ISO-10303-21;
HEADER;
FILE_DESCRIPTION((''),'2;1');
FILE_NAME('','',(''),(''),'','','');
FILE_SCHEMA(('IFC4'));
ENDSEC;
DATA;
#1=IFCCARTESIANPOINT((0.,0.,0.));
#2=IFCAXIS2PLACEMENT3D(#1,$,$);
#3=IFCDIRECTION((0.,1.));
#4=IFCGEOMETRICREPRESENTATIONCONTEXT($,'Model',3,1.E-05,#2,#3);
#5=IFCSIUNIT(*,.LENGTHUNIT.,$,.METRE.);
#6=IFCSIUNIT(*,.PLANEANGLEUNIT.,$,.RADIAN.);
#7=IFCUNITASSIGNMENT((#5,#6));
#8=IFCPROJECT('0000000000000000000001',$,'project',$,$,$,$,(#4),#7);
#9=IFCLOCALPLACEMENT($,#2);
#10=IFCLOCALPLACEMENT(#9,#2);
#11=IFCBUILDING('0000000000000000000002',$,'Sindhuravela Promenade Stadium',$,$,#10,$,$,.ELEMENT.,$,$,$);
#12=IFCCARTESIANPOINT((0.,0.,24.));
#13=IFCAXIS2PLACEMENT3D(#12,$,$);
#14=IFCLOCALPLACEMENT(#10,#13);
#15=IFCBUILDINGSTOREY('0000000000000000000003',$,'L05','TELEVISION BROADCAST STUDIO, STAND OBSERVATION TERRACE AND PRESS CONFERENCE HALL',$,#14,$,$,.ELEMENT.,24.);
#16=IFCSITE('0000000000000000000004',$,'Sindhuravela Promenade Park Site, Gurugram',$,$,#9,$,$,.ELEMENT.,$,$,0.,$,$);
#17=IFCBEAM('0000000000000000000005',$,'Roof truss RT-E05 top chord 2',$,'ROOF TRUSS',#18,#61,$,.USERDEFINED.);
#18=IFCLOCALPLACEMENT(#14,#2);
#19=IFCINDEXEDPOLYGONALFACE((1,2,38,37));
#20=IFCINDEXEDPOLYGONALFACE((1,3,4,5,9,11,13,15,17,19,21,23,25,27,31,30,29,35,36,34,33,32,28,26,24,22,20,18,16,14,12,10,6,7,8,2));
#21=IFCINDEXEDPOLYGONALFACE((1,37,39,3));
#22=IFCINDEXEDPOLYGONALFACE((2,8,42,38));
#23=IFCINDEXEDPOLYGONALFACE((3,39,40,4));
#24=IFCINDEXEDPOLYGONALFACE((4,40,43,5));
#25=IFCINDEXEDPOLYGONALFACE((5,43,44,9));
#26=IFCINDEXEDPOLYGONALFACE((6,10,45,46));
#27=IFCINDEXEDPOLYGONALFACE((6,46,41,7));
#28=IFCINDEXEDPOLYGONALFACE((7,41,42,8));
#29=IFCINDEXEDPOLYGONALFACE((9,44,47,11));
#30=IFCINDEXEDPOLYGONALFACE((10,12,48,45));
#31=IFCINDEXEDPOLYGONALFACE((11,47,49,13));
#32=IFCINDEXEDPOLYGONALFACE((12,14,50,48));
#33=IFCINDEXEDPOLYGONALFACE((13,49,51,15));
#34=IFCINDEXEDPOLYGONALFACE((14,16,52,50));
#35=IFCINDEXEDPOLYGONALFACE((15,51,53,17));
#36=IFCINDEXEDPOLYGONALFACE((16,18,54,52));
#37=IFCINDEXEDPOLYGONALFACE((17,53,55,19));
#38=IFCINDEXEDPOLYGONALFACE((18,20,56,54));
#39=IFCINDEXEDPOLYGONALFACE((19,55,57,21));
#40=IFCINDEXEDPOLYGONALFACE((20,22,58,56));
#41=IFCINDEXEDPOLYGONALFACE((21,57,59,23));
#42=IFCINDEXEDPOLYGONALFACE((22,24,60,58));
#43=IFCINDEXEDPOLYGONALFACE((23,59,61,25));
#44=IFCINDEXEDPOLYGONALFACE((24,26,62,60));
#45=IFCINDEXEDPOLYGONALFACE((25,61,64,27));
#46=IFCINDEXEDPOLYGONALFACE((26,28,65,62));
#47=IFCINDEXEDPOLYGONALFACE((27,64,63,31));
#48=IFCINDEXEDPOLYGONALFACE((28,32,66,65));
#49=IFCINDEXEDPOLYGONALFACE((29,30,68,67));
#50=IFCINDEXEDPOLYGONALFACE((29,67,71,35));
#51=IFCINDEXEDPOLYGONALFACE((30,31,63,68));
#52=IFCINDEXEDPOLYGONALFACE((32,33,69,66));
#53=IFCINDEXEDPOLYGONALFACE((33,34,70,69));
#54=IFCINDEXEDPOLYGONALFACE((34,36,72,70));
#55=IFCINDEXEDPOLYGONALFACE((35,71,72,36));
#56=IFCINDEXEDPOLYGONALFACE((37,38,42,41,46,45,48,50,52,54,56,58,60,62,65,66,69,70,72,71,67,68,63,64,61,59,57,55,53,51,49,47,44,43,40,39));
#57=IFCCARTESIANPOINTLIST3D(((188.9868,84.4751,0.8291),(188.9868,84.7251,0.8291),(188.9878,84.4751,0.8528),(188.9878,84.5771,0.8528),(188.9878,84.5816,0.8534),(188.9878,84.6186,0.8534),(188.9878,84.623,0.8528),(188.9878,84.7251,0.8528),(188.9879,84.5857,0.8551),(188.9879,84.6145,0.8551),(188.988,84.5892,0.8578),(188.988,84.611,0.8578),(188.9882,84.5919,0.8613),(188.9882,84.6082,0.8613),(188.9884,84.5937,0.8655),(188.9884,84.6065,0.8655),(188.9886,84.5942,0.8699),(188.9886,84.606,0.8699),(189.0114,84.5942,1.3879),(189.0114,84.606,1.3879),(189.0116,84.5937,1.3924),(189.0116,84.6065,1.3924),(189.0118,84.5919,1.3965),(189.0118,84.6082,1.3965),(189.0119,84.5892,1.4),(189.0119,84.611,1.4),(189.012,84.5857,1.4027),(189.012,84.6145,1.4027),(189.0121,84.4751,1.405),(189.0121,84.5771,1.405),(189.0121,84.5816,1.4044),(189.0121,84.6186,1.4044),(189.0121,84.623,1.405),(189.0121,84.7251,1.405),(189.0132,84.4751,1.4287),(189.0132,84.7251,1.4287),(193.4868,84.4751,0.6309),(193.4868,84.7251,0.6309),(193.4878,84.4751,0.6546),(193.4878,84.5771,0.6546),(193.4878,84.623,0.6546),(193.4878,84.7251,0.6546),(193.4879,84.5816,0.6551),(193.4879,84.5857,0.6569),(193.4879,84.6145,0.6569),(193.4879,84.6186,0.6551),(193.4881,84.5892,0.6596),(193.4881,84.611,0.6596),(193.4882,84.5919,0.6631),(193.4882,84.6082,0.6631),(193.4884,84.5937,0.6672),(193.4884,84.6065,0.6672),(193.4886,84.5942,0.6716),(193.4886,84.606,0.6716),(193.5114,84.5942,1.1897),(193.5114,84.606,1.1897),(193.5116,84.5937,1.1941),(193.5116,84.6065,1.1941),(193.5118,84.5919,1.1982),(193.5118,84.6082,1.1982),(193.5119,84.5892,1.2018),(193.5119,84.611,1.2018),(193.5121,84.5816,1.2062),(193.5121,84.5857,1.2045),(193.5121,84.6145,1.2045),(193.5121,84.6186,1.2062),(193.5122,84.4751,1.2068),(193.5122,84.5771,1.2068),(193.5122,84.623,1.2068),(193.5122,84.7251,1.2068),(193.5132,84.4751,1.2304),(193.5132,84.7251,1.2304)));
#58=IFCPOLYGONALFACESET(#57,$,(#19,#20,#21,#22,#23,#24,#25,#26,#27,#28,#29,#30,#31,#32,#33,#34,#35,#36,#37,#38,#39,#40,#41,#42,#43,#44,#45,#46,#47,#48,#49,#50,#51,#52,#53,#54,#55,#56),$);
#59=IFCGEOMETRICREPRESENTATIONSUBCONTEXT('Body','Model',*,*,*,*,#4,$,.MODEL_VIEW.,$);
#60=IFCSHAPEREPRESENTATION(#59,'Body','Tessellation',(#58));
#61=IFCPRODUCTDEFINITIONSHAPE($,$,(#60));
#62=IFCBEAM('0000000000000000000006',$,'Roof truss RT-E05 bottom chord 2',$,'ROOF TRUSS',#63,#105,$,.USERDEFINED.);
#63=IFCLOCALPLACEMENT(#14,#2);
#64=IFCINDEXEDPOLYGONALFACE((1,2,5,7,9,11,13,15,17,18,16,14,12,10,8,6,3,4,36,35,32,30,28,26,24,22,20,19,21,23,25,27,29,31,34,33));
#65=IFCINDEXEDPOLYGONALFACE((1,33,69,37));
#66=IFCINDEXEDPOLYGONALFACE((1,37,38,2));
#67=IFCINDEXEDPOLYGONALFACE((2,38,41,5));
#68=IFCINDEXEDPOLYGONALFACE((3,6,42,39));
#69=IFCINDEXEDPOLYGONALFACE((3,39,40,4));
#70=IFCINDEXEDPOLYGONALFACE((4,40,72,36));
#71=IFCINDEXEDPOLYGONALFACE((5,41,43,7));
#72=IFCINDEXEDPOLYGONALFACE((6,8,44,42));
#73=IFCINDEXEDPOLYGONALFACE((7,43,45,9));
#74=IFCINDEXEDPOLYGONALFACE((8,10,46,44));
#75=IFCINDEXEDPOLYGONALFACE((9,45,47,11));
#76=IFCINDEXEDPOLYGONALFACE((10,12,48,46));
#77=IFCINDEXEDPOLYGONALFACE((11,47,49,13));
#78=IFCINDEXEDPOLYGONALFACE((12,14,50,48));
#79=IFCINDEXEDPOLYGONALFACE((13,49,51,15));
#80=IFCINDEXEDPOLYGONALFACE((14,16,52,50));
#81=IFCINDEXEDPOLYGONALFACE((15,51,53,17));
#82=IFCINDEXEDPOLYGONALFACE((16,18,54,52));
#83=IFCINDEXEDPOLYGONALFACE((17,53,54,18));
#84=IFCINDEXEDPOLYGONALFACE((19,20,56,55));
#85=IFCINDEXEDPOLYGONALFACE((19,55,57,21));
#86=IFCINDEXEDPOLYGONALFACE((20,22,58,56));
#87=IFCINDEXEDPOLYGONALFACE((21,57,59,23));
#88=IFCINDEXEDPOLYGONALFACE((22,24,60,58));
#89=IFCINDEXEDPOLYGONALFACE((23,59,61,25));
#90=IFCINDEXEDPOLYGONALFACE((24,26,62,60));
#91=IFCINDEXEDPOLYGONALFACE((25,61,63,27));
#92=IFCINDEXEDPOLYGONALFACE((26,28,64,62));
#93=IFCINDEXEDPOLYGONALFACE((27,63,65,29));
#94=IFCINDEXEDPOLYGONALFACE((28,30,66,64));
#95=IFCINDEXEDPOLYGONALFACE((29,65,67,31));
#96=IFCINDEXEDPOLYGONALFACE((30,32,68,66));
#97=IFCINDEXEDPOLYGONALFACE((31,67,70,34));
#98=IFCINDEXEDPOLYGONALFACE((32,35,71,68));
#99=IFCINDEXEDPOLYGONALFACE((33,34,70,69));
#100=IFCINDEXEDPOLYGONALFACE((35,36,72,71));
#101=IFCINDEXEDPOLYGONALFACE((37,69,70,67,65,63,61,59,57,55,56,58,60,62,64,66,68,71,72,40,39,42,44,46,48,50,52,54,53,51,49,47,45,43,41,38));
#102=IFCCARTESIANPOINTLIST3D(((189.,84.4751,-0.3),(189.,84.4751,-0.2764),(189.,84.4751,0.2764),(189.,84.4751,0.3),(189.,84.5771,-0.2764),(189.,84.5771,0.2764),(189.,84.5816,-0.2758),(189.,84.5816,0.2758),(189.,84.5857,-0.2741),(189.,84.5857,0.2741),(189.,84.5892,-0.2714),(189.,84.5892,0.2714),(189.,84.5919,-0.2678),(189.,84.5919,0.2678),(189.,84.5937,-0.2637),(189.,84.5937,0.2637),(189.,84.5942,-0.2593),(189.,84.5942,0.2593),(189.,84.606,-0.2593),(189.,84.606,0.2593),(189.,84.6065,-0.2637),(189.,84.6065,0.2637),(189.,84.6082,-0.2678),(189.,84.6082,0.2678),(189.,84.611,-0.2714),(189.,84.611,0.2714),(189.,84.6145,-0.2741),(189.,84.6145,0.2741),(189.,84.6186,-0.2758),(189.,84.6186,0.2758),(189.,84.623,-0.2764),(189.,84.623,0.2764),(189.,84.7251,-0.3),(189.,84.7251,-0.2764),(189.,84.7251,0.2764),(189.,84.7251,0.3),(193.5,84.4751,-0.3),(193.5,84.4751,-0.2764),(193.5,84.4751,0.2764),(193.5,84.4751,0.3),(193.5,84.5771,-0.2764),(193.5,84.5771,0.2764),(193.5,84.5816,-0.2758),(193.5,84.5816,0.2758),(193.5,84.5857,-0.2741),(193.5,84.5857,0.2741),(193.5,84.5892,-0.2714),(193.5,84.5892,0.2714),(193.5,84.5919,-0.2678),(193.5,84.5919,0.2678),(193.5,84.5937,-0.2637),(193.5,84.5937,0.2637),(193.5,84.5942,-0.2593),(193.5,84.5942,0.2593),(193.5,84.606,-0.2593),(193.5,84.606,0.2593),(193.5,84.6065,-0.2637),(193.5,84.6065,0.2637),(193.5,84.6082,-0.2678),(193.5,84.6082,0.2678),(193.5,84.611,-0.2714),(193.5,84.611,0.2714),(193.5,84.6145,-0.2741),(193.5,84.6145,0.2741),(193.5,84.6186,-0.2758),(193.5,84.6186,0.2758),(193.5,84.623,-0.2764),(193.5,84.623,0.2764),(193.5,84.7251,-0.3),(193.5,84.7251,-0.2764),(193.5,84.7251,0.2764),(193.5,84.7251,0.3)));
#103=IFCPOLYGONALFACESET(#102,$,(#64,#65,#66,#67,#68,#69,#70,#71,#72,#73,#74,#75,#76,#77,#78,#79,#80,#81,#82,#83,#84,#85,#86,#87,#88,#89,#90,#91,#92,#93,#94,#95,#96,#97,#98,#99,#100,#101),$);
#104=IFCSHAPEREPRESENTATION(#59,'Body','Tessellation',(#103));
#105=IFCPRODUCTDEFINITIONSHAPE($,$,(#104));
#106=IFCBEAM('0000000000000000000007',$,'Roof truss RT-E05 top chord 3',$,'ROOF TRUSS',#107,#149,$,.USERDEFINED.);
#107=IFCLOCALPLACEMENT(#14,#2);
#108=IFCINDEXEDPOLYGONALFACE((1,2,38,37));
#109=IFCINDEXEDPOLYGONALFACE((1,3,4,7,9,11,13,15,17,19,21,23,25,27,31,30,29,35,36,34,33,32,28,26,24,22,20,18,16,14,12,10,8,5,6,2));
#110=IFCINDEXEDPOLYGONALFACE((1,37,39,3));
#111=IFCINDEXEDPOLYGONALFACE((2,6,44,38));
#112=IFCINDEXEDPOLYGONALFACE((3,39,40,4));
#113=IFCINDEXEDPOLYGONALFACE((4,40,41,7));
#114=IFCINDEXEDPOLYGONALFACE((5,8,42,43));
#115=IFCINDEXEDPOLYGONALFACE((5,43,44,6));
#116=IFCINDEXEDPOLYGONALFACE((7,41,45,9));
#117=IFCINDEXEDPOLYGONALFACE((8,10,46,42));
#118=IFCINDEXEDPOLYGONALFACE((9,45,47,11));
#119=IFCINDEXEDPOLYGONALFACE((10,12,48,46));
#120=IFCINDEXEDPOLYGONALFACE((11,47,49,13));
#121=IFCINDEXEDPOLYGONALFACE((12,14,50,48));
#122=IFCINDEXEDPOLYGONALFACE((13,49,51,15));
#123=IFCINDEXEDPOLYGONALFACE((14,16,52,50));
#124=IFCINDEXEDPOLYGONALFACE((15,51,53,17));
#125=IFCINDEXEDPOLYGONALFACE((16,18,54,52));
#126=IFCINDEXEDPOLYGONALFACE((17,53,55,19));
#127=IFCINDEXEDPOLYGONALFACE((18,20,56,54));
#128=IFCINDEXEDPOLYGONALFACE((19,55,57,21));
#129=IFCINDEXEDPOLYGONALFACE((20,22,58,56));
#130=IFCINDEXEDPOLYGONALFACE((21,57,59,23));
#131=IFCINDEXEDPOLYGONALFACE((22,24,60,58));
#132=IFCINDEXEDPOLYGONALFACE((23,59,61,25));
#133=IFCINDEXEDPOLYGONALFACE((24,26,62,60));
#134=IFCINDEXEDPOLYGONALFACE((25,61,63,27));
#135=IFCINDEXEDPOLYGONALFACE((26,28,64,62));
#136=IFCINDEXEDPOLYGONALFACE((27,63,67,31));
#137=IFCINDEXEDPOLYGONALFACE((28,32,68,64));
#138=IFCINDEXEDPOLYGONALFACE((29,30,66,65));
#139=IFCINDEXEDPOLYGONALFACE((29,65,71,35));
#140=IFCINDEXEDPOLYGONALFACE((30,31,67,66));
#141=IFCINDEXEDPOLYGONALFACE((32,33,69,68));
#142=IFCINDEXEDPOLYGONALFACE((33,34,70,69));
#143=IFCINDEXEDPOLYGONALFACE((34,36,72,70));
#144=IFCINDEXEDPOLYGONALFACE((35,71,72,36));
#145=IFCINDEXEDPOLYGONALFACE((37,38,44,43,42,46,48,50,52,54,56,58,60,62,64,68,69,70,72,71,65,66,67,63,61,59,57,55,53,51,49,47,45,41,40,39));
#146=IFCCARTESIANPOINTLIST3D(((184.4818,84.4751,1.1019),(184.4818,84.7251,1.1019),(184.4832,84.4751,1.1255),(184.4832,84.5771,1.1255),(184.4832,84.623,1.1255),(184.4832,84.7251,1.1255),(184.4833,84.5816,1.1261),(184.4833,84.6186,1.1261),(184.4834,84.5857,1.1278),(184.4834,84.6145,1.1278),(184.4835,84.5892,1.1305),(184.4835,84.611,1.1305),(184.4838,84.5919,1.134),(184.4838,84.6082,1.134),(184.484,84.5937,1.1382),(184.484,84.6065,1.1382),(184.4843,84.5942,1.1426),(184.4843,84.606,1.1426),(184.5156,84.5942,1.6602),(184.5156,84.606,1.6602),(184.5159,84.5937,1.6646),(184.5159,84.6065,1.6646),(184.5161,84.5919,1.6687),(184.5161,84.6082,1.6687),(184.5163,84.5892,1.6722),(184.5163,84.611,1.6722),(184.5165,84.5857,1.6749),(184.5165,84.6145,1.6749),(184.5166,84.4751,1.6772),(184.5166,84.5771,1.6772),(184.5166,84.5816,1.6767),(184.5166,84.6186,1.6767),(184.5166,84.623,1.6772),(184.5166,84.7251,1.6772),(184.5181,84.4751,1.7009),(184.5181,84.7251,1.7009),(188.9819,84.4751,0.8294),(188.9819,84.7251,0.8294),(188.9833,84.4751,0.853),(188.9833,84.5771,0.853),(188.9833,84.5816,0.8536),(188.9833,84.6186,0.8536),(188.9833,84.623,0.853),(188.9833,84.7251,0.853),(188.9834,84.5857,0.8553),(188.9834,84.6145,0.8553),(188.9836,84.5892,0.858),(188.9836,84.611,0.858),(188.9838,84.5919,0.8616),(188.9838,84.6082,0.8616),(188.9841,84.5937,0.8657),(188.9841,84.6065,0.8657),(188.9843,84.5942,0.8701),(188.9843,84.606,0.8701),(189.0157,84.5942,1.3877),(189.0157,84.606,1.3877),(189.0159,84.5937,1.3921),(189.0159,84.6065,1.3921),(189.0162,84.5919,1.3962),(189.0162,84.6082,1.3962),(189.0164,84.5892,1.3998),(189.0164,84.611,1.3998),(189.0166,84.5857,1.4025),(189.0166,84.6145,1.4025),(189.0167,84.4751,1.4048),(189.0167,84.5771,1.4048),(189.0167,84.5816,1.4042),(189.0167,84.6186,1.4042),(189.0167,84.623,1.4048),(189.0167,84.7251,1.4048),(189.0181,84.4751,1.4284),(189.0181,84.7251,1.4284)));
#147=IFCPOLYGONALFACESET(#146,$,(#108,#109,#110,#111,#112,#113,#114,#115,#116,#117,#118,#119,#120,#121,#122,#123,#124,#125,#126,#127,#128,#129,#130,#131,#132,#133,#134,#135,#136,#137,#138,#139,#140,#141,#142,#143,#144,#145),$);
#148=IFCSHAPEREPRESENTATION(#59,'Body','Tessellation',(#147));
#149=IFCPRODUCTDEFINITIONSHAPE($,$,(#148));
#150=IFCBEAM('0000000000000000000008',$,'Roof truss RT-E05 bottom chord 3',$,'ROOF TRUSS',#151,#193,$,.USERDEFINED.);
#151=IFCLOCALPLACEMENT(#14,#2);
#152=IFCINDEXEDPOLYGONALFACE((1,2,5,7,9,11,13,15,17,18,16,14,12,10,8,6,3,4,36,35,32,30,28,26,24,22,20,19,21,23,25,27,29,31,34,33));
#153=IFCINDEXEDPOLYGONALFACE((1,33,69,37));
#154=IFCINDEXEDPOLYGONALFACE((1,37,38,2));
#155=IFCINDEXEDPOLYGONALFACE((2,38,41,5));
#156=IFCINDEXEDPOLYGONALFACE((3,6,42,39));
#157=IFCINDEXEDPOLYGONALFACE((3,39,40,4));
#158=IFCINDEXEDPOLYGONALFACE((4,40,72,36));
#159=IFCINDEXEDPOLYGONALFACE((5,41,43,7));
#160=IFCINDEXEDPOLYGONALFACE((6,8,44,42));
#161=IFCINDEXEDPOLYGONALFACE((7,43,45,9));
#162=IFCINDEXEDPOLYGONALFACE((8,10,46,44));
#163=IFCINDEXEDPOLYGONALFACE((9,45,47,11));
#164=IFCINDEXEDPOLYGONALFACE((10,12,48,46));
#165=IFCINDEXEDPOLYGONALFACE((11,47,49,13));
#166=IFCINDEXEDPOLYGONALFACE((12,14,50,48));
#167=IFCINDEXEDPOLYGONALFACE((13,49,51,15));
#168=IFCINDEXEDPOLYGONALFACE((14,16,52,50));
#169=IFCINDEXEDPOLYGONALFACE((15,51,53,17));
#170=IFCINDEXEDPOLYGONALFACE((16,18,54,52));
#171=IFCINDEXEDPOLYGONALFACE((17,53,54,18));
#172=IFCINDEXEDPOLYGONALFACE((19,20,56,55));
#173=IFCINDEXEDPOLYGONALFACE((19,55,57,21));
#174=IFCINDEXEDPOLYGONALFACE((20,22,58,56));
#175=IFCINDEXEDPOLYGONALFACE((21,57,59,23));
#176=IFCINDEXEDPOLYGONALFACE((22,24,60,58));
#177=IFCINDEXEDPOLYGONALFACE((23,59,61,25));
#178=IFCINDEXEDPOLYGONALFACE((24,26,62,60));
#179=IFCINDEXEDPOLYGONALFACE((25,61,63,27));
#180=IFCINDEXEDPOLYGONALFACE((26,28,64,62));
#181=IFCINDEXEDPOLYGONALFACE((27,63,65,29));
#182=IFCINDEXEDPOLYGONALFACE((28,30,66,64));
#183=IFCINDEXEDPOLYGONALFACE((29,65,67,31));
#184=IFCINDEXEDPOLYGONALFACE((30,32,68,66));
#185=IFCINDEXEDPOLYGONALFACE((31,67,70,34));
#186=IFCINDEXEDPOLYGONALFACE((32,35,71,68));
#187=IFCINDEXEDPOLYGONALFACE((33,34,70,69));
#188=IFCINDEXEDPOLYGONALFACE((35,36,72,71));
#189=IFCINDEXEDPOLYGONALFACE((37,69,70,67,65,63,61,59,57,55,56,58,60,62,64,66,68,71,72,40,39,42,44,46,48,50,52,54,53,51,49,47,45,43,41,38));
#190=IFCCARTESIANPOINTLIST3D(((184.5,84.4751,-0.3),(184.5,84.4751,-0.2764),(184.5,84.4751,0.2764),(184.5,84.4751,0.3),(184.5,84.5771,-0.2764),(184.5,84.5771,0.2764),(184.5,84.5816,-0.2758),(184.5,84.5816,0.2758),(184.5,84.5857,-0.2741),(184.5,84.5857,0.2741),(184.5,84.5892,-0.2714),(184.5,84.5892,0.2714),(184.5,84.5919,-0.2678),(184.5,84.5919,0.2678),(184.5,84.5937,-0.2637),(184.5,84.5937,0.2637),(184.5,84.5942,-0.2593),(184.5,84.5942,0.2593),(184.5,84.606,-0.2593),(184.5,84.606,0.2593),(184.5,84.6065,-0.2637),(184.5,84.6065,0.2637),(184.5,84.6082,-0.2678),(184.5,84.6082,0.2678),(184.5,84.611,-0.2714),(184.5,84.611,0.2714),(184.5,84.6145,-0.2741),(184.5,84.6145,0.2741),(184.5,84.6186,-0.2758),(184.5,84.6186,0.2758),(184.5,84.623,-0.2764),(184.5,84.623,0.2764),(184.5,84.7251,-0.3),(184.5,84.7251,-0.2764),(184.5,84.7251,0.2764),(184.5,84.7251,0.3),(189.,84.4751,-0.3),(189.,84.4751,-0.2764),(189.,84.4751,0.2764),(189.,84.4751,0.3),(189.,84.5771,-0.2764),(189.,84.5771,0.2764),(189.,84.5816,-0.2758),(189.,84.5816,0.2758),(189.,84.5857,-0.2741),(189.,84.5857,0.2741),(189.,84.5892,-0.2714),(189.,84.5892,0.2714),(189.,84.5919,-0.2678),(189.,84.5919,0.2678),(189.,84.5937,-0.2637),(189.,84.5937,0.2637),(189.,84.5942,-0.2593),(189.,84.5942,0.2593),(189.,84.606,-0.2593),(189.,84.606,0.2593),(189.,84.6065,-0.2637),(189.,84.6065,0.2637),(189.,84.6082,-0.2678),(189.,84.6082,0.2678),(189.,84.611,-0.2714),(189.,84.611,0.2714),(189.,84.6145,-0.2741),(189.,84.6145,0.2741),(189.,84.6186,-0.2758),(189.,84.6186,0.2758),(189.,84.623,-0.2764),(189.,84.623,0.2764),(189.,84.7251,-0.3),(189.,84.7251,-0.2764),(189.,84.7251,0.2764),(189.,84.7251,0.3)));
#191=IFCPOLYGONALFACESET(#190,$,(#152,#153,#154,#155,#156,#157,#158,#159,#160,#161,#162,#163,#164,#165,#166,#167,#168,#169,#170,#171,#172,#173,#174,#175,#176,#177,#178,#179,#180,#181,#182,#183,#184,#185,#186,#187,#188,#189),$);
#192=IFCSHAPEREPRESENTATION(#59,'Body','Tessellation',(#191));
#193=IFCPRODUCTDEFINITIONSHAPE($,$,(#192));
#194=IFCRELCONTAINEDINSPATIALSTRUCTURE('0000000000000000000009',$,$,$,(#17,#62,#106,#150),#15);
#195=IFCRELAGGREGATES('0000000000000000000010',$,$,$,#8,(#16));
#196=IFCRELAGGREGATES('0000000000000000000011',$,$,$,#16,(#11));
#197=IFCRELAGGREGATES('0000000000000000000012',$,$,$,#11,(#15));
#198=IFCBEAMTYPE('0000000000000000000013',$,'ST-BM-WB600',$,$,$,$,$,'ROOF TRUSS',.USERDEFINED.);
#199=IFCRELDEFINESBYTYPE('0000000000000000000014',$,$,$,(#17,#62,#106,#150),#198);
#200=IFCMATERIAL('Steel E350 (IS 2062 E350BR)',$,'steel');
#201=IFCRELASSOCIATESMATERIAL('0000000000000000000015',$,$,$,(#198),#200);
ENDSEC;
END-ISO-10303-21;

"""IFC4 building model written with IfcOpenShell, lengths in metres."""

from ifc_helpers import new_model, si_unit, direction, frame, origin, origin_2d, place, context, subcontext, project, spatial, i_section, extrude, material, material_profile, profile_set, type_object, element, save


model = new_model("IFC4")

# Units and contexts
model_context = context("Model", 3, precision=1e-05, world=origin(), true_north=direction((0.0, 1.0)))
body_context = subcontext(model_context, "Body", "Model", "MODEL_VIEW")
ifc_project = project(units=[si_unit("LENGTHUNIT", "METRE"), si_unit("PLANEANGLEUNIT", "RADIAN")], contexts=[model_context])

# Site, building, storey
site_placement = place(None, origin())
site = spatial("IfcSite", under=ifc_project, at=site_placement, Name="Sindhuravela Promenade Park Site, Gurugram", CompositionType="ELEMENT", RefElevation=0.0)
building_placement = place(site_placement, origin())
building = spatial("IfcBuilding", under=site, at=building_placement, Name="Sindhuravela Promenade Stadium", CompositionType="ELEMENT")
storey_placement = place(building_placement, frame((0.0, 0.0, 24.0)))
storey = spatial("IfcBuildingStorey", under=building, at=storey_placement, Name="L05", Description="TELEVISION BROADCAST STUDIO, STAND OBSERVATION TERRACE AND PRESS CONFERENCE HALL", CompositionType="ELEMENT", Elevation=24.0)

# Beams
ifc_material_1 = material(Name="Steel E350 (IS 2062 E350BR)", Category="steel")
ifc_material_profile_1 = material_profile(ifc_material_1, i_section(OverallWidth=0.25, OverallDepth=0.6001, WebThickness=0.0117, FlangeThickness=0.0237, FilletRadius=0.0171, at=origin_2d()), Name="ISWB 600")
ifc_profile_set_1 = profile_set([ifc_material_profile_1], Name="Steel E350 (IS 2062 E350BR)")
beam_type_1 = type_object("IfcBeamType", Name="ST-BM-WB600", ElementType="ROOF TRUSS", PredefinedType="USERDEFINED", material=ifc_profile_set_1)
beam_1_placement = place(storey_placement, frame((193.5, 84.6001, 0.9307), z_axis=(-0.999031, 0.0, 0.044011), x_axis=(0.0, -1.0, 0.0)))
element("IfcBeam", 1, at=beam_1_placement, inside=storey, type_object=beam_type_1, Name="Roof truss RT-E05 top chord 2", ObjectType="ROOF TRUSS", PredefinedType="USERDEFINED", context=body_context, shape_type="SweptSolid", body=[
    extrude(i_section(OverallWidth=0.25, OverallDepth=0.6001, WebThickness=0.0117, FlangeThickness=0.0237, FilletRadius=0.0171, at=origin_2d()), origin(), (0.0, 0.0, 1.0), 4.5044),
])
beam_2_placement = place(storey_placement, frame((193.5, 84.6001, 0.0), z_axis=(-1.0, 0.0, 0.0), x_axis=(0.0, -1.0, 0.0)))
element("IfcBeam", 2, at=beam_2_placement, inside=storey, type_object=beam_type_1, Name="Roof truss RT-E05 bottom chord 2", ObjectType="ROOF TRUSS", PredefinedType="USERDEFINED", context=body_context, shape_type="SweptSolid", body=[
    extrude(i_section(OverallWidth=0.25, OverallDepth=0.6001, WebThickness=0.0117, FlangeThickness=0.0237, FilletRadius=0.0171, at=origin_2d()), origin(), (0.0, 0.0, 1.0), 4.5),
])
beam_3_placement = place(storey_placement, frame((189.0, 84.6001, 1.1289), z_axis=(-0.998172, 0.0, 0.060436), x_axis=(0.0, -1.0, 0.0)))
element("IfcBeam", 3, at=beam_3_placement, inside=storey, type_object=beam_type_1, Name="Roof truss RT-E05 top chord 3", ObjectType="ROOF TRUSS", PredefinedType="USERDEFINED", context=body_context, shape_type="SweptSolid", body=[
    extrude(i_section(OverallWidth=0.25, OverallDepth=0.6001, WebThickness=0.0117, FlangeThickness=0.0237, FilletRadius=0.0171, at=origin_2d()), origin(), (0.0, 0.0, 1.0), 4.5083),
])
beam_4_placement = place(storey_placement, frame((189.0, 84.6001, 0.0), z_axis=(-1.0, 0.0, 0.0), x_axis=(0.0, -1.0, 0.0)))
element("IfcBeam", 4, at=beam_4_placement, inside=storey, type_object=beam_type_1, Name="Roof truss RT-E05 bottom chord 3", ObjectType="ROOF TRUSS", PredefinedType="USERDEFINED", context=body_context, shape_type="SweptSolid", body=[
    extrude(i_section(OverallWidth=0.25, OverallDepth=0.6001, WebThickness=0.0117, FlangeThickness=0.0237, FilletRadius=0.0171, at=origin_2d()), origin(), (0.0, 0.0, 1.0), 4.5),
])

save(model, "model.ifc")
